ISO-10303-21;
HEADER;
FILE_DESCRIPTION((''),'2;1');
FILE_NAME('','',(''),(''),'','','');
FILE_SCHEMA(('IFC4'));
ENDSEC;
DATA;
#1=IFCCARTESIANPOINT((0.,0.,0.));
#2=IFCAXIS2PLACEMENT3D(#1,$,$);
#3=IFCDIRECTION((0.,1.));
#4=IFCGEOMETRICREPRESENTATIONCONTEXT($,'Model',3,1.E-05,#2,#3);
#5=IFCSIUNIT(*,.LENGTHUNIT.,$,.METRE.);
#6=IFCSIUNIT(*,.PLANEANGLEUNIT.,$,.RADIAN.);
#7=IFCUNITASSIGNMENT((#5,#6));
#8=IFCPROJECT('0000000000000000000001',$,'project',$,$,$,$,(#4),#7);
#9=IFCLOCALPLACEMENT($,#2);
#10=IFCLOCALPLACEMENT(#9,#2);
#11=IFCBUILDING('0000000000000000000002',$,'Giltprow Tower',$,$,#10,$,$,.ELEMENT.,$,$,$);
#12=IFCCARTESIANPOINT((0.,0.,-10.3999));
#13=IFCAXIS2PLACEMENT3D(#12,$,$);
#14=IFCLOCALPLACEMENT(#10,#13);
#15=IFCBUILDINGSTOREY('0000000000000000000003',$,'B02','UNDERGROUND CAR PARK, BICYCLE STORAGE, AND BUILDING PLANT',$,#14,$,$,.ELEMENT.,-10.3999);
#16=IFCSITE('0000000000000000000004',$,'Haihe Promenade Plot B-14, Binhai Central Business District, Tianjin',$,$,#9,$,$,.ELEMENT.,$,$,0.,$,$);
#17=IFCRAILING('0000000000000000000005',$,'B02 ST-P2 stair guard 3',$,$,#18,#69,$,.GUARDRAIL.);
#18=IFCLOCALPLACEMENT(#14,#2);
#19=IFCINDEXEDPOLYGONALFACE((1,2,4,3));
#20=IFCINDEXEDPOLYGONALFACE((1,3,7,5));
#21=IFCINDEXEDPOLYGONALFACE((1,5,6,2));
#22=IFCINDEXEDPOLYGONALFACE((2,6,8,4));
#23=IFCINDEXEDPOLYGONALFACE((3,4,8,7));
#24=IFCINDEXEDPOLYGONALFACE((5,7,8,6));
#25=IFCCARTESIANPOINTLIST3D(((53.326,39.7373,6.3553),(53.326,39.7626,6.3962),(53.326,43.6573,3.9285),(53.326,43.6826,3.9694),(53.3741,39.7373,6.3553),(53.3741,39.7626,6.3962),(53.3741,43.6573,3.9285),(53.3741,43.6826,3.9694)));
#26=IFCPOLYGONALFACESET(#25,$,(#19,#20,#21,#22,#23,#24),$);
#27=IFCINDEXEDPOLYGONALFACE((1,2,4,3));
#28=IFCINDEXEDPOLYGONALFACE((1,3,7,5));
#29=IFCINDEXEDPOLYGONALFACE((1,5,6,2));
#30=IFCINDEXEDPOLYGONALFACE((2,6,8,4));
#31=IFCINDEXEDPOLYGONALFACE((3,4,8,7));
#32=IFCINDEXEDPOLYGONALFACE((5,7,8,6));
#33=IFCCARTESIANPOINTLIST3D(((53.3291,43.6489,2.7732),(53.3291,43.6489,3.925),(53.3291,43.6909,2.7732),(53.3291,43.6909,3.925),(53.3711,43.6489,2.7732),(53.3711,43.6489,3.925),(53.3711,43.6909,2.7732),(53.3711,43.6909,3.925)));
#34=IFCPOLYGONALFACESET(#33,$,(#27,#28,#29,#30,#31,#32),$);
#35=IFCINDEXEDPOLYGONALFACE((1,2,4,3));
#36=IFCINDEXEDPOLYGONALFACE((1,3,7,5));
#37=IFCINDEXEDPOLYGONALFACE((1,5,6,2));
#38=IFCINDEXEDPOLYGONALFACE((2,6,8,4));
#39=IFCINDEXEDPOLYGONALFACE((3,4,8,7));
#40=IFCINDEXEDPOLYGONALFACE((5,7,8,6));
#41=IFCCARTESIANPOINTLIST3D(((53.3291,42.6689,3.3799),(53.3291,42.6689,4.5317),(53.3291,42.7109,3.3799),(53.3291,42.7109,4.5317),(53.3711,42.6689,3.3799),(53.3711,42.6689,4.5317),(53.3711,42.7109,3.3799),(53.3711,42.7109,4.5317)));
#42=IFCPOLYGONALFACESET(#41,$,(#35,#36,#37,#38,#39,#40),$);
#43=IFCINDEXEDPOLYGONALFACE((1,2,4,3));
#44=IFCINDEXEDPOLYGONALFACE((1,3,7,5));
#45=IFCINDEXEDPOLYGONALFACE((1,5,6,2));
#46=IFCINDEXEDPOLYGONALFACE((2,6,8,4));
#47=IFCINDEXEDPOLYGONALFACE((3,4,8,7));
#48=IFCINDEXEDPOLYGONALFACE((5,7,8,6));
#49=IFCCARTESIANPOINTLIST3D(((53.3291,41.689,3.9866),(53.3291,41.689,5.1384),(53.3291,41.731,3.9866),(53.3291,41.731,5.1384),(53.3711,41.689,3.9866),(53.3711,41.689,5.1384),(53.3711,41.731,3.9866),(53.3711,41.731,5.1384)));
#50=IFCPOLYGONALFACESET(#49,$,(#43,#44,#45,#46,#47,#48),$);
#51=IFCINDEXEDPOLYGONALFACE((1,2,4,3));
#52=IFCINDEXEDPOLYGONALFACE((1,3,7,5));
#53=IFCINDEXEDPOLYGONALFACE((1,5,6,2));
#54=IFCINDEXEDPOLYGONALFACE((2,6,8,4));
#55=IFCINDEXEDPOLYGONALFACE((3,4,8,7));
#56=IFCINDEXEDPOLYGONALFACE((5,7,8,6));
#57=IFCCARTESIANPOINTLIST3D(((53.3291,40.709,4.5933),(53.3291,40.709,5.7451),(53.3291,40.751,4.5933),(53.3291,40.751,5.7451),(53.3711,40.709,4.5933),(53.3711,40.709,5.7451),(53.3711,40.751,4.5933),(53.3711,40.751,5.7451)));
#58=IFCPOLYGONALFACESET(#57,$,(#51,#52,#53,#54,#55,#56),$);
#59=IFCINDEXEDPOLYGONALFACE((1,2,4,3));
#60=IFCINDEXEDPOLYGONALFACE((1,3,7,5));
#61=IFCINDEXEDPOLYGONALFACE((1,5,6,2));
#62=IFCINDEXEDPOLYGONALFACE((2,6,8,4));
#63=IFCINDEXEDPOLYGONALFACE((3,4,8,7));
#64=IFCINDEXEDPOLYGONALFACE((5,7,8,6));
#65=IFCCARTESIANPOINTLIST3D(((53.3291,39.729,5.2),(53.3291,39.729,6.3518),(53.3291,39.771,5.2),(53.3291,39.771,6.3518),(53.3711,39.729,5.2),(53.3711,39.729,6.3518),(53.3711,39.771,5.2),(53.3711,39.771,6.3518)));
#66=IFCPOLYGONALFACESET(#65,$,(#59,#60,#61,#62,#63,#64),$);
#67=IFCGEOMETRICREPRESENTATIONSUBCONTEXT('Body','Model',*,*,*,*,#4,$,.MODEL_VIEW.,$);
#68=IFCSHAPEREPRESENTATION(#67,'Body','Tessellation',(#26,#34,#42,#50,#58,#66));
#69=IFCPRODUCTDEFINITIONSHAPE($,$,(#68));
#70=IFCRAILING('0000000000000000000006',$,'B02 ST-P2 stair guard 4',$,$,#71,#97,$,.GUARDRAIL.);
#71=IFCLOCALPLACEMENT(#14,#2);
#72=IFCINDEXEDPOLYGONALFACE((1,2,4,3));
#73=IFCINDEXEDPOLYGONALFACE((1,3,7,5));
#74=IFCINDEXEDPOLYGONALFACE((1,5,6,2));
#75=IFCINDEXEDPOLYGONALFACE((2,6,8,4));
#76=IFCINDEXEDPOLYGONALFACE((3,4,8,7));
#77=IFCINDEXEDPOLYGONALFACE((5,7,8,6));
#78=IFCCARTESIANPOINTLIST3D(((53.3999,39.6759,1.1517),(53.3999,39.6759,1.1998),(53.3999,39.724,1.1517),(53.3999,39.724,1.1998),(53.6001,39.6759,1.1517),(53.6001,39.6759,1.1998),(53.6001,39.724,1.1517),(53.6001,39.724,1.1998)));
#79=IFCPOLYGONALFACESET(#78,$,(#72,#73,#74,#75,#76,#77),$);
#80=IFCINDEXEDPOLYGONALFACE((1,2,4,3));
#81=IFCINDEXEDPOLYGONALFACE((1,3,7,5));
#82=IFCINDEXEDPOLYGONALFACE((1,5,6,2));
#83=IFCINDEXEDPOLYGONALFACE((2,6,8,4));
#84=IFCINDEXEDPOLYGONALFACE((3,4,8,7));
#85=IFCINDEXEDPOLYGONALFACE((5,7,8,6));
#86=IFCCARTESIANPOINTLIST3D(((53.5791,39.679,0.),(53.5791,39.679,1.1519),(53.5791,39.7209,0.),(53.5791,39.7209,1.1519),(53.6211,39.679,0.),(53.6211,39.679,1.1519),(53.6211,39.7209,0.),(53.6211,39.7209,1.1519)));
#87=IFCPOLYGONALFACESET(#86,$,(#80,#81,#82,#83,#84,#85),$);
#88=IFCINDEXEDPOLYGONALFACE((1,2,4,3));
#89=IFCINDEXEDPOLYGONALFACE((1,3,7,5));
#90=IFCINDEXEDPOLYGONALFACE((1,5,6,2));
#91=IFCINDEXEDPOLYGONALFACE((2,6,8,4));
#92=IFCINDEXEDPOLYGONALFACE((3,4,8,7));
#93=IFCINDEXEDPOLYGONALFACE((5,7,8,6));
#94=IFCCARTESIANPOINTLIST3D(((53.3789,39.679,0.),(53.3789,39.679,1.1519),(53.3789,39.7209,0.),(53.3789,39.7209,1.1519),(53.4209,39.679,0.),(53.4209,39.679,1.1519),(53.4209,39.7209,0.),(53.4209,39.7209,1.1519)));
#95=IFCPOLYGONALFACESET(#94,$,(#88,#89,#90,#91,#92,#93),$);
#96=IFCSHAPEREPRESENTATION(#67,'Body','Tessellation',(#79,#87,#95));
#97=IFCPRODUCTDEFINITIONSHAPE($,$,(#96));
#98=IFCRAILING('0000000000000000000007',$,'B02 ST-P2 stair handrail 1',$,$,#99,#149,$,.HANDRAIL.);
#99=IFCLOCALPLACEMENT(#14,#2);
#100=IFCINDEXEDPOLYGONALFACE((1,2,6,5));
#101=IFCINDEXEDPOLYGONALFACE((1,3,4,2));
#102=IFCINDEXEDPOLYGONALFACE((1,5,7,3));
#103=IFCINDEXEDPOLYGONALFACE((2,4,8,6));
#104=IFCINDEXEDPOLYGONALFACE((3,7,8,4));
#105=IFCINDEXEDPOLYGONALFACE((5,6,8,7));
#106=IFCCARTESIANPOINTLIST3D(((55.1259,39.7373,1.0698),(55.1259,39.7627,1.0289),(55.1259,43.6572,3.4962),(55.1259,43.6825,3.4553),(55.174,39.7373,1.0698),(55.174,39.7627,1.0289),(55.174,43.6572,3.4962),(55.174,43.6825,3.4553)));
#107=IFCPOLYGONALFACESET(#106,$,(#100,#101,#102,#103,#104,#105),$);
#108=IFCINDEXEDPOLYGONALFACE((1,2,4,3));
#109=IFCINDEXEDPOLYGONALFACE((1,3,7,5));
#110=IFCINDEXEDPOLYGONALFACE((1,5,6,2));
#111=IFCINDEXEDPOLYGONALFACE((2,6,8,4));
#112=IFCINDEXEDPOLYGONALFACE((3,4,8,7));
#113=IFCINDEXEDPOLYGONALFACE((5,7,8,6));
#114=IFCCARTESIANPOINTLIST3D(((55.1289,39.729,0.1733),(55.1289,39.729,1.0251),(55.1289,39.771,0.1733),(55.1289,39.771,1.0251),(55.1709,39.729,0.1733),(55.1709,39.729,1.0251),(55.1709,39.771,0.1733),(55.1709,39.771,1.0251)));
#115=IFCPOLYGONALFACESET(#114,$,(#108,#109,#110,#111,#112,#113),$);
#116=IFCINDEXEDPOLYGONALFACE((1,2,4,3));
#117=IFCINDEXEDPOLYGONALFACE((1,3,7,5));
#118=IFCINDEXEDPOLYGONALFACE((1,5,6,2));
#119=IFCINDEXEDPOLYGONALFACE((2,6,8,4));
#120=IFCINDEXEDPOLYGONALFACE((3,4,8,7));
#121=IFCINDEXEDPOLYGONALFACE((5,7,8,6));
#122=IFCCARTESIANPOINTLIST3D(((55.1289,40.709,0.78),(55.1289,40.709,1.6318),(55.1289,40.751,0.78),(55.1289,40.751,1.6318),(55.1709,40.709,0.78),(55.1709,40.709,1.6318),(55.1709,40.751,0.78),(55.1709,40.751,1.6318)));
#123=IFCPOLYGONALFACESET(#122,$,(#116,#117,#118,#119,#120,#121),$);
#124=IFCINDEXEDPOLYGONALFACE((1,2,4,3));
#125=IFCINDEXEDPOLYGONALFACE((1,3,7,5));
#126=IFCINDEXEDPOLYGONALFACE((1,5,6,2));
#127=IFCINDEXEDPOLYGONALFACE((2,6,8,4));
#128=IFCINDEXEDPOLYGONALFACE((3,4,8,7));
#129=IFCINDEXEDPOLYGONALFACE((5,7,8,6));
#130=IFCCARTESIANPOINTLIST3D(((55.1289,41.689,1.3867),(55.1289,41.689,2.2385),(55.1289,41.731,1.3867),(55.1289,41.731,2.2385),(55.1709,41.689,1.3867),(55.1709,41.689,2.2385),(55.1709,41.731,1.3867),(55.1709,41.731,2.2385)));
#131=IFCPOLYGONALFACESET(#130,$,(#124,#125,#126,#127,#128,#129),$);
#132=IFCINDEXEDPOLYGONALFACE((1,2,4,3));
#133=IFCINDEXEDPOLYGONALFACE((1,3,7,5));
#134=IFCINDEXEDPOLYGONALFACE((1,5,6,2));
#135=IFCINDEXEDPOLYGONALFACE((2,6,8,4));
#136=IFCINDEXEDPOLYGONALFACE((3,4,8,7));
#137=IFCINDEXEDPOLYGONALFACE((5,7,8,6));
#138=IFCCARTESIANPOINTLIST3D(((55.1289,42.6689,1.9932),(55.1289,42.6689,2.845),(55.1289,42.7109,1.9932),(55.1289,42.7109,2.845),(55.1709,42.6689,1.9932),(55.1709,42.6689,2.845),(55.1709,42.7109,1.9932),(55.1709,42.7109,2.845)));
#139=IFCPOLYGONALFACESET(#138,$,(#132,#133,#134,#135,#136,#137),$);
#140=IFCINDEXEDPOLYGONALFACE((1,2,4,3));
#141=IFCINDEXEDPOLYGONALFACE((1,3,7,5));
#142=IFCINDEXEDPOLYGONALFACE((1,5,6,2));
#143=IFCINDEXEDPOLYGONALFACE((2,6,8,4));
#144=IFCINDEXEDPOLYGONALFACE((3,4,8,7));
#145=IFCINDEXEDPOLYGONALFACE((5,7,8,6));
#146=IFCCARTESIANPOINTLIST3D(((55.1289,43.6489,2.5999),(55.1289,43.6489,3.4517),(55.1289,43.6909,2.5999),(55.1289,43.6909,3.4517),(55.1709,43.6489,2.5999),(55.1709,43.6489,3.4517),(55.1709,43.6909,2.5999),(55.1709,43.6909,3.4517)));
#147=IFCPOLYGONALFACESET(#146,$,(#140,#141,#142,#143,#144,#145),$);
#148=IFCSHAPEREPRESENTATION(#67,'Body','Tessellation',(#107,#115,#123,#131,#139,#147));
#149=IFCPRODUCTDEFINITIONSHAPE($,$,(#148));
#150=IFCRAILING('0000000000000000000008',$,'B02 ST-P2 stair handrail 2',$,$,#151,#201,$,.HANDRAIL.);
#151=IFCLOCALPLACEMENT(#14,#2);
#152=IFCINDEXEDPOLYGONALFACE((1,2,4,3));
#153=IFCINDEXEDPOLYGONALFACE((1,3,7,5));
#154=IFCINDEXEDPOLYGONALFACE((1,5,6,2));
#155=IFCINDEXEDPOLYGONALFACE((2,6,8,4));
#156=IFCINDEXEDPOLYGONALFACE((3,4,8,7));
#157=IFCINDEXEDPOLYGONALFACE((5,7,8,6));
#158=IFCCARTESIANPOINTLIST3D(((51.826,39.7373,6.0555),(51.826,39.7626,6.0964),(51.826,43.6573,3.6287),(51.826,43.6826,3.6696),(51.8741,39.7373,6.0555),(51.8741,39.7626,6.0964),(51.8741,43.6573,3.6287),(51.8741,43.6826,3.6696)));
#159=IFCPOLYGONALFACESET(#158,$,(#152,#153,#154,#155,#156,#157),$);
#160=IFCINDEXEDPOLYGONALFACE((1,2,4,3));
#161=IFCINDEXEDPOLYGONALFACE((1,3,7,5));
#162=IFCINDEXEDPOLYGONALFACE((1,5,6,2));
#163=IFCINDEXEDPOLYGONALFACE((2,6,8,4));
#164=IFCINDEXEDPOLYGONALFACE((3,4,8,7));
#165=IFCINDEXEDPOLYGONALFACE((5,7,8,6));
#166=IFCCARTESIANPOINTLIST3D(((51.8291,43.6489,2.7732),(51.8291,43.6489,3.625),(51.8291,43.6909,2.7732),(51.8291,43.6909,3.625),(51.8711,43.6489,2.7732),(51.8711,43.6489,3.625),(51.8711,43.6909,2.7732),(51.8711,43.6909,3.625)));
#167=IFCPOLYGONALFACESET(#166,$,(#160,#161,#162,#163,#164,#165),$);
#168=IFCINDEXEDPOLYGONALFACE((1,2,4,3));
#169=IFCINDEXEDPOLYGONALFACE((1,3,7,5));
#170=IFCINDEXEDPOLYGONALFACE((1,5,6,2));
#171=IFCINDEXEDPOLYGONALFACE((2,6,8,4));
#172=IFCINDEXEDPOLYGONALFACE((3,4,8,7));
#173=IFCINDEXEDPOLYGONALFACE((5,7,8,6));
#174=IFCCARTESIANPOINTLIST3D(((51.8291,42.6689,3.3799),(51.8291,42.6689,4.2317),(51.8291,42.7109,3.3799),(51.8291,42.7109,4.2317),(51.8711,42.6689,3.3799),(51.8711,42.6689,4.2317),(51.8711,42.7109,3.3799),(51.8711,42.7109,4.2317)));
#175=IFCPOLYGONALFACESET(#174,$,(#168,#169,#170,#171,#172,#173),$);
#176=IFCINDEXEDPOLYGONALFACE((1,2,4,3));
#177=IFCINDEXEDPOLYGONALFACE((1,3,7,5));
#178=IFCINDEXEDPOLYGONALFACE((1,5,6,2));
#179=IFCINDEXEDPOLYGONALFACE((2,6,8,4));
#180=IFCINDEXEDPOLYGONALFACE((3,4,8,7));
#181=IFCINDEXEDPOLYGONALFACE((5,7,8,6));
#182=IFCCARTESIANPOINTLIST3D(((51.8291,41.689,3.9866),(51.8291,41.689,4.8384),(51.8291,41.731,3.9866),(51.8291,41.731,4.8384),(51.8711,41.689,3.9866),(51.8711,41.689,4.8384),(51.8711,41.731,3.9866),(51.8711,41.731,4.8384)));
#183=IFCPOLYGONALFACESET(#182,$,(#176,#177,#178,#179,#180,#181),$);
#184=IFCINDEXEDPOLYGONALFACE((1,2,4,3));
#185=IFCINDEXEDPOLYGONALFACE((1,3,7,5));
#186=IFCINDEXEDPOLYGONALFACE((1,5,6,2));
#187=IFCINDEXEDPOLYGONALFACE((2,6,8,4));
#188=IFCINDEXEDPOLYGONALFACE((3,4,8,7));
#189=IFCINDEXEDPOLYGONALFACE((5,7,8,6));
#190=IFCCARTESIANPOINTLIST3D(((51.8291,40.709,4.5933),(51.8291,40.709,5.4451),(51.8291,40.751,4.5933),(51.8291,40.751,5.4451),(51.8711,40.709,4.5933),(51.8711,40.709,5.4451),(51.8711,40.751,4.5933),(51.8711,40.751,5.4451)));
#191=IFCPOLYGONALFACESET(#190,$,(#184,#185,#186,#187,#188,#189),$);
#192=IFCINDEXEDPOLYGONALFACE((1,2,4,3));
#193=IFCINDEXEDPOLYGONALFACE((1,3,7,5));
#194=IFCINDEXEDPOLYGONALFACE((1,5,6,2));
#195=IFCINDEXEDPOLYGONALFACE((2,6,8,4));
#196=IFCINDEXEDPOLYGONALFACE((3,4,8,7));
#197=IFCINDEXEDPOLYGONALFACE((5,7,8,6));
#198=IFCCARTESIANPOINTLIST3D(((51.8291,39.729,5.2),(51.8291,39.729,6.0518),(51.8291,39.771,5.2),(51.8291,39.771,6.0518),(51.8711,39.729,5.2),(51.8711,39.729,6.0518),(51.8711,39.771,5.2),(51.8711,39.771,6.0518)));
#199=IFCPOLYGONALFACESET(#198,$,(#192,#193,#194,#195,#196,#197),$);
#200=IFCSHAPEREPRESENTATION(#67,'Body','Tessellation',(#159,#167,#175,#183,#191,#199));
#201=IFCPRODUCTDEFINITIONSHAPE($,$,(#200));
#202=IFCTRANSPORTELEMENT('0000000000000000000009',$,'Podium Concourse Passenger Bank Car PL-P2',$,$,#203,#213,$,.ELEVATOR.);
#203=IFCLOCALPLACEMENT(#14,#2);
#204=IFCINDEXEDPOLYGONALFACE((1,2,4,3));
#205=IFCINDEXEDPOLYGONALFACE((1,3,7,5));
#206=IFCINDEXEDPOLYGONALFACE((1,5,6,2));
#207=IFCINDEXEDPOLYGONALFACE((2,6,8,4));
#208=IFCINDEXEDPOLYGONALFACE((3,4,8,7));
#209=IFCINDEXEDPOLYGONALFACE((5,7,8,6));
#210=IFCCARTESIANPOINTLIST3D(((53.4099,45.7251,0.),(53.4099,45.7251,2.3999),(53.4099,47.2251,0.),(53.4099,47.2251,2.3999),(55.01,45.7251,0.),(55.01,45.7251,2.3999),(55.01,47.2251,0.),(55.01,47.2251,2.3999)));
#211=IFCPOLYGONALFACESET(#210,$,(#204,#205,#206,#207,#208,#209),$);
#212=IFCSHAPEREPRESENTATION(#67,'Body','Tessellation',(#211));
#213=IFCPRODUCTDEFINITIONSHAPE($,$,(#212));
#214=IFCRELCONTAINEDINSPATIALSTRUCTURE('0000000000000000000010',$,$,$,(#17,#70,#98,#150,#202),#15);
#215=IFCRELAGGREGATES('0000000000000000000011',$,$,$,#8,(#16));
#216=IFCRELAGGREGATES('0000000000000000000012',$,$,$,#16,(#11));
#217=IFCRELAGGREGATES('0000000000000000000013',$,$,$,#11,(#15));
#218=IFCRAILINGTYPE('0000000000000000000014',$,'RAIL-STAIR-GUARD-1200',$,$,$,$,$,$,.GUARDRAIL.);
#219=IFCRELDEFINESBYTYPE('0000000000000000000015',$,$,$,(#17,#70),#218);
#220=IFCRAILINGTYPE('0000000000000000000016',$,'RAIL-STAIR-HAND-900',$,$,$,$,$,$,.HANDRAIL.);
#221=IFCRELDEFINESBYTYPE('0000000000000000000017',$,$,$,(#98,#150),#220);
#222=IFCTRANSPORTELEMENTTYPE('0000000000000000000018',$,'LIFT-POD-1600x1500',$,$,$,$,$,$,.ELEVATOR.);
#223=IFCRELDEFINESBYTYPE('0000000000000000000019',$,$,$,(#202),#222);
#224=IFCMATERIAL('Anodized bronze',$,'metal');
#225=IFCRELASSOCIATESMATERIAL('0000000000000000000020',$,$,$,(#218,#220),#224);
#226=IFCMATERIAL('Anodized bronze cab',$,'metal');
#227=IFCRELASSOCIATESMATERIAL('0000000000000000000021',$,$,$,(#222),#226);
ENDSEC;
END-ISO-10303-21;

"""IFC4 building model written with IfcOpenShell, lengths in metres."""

from ifc_helpers import new_model, si_unit, direction, frame, origin, origin_2d, place, context, subcontext, project, spatial, rectangle, extrude, source, transform, mapped, material, type_object, element, save


model = new_model("IFC4")

# Units and contexts
model_context = context("Model", 3, precision=1e-05, world=origin(), true_north=direction((0.0, 1.0)))
body_context = subcontext(model_context, "Body", "Model", "MODEL_VIEW")
ifc_project = project(units=[si_unit("LENGTHUNIT", "METRE"), si_unit("PLANEANGLEUNIT", "RADIAN")], contexts=[model_context])

# Site, building, storey
site_placement = place(None, origin())
site = spatial("IfcSite", under=ifc_project, at=site_placement, Name="Haihe Promenade Plot B-14, Binhai Central Business District, Tianjin", CompositionType="ELEMENT", RefElevation=0.0)
building_placement = place(site_placement, origin())
building = spatial("IfcBuilding", under=site, at=building_placement, Name="Giltprow Tower", CompositionType="ELEMENT")
storey_placement = place(building_placement, frame((0.0, 0.0, -10.3999)))
storey = spatial("IfcBuildingStorey", under=building, at=storey_placement, Name="B02", Description="UNDERGROUND CAR PARK, BICYCLE STORAGE, AND BUILDING PLANT", CompositionType="ELEMENT", Elevation=-10.3999)

# Railings
ifc_material_1 = material(Name="Anodized bronze", Category="metal")
railing_type_1 = type_object("IfcRailingType", Name="RAIL-STAIR-GUARD-1200", PredefinedType="GUARDRAIL", material=ifc_material_1)
railing_1_placement = place(storey_placement, frame((53.3501, 43.6699, 2.7732)))
element("IfcRailing", 1, at=railing_1_placement, inside=storey, type_object=railing_type_1, Name="B02 ST-P2 stair guard 3", PredefinedType="GUARDRAIL", context=body_context, shape_type="SweptSolid", body=[
    extrude(rectangle(XDim=0.0481, YDim=0.0481, at=origin_2d()), frame((0.0, 0.0, 1.1758), z_axis=(0.0, -0.850252, 0.526376), x_axis=(1.0, 0.0, 0.0)), (0.0, 0.0, 1.0), 4.6104),
    extrude(rectangle(XDim=0.042, YDim=0.042, at=origin_2d()), origin(), (0.0, 0.0, 1.0), 1.1519),
    extrude(rectangle(XDim=0.042, YDim=0.042, at=origin_2d()), frame((0.0, -0.98, 0.6067)), (0.0, 0.0, 1.0), 1.1519),
    extrude(rectangle(XDim=0.042, YDim=0.042, at=origin_2d()), frame((0.0, -1.96, 1.2134)), (0.0, 0.0, 1.0), 1.1519),
    extrude(rectangle(XDim=0.042, YDim=0.042, at=origin_2d()), frame((0.0, -2.9399, 1.8201)), (0.0, 0.0, 1.0), 1.1519),
    extrude(rectangle(XDim=0.042, YDim=0.042, at=origin_2d()), frame((0.0, -3.9199, 2.4268)), (0.0, 0.0, 1.0), 1.1519),
])
railing_2_placement = place(storey_placement, frame((53.6001, 39.7, 0.0)))
element("IfcRailing", 2, at=railing_2_placement, inside=storey, type_object=railing_type_1, Name="B02 ST-P2 stair guard 4", PredefinedType="GUARDRAIL", context=body_context, shape_type="SweptSolid", body=[
    extrude(rectangle(XDim=0.0481, YDim=0.0481, at=origin_2d()), frame((0.0, 0.0, 1.1758), z_axis=(-1.0, 0.0, 0.0), x_axis=(0.0, -1.0, 0.0)), (0.0, 0.0, 1.0), 0.2002),
    extrude(rectangle(XDim=0.042, YDim=0.042, at=origin_2d()), origin(), (0.0, 0.0, 1.0), 1.1519),
    extrude(rectangle(XDim=0.042, YDim=0.042, at=origin_2d()), frame((-0.2002, 0.0, 0.0)), (0.0, 0.0, 1.0), 1.1519),
])
railing_type_2 = type_object("IfcRailingType", Name="RAIL-STAIR-HAND-900", PredefinedType="HANDRAIL", material=ifc_material_1)
railing_3_placement = place(storey_placement, frame((55.1499, 39.75, 0.1733)))
element("IfcRailing", 3, at=railing_3_placement, inside=storey, type_object=railing_type_2, Name="B02 ST-P2 stair handrail 1", PredefinedType="HANDRAIL", context=body_context, shape_type="SweptSolid", body=[
    extrude(rectangle(XDim=0.0481, YDim=0.0481, at=origin_2d()), frame((0.0, 0.0, 0.876), z_axis=(0.0, 0.850275, 0.526338), x_axis=(-1.0, 0.0, 0.0)), (0.0, 0.0, 1.0), 4.6101),
    extrude(rectangle(XDim=0.042, YDim=0.042, at=origin_2d()), origin(), (0.0, 0.0, 1.0), 0.8518),
    extrude(rectangle(XDim=0.042, YDim=0.042, at=origin_2d()), frame((0.0, 0.98, 0.6067)), (0.0, 0.0, 1.0), 0.8518),
    extrude(rectangle(XDim=0.042, YDim=0.042, at=origin_2d()), frame((0.0, 1.96, 1.2134)), (0.0, 0.0, 1.0), 0.8518),
    extrude(rectangle(XDim=0.042, YDim=0.042, at=origin_2d()), frame((0.0, 2.9399, 1.8198)), (0.0, 0.0, 1.0), 0.8518),
    extrude(rectangle(XDim=0.042, YDim=0.042, at=origin_2d()), frame((0.0, 3.9199, 2.4265)), (0.0, 0.0, 1.0), 0.8518),
])
railing_4_placement = place(storey_placement, frame((51.8501, 43.6699, 2.7732)))
element("IfcRailing", 4, at=railing_4_placement, inside=storey, type_object=railing_type_2, Name="B02 ST-P2 stair handrail 2", PredefinedType="HANDRAIL", context=body_context, shape_type="SweptSolid", body=[
    extrude(rectangle(XDim=0.0481, YDim=0.0481, at=origin_2d()), frame((0.0, 0.0, 0.876), z_axis=(0.0, -0.850252, 0.526376), x_axis=(1.0, 0.0, 0.0)), (0.0, 0.0, 1.0), 4.6104),
    extrude(rectangle(XDim=0.042, YDim=0.042, at=origin_2d()), origin(), (0.0, 0.0, 1.0), 0.8518),
    extrude(rectangle(XDim=0.042, YDim=0.042, at=origin_2d()), frame((0.0, -0.98, 0.6067)), (0.0, 0.0, 1.0), 0.8518),
    extrude(rectangle(XDim=0.042, YDim=0.042, at=origin_2d()), frame((0.0, -1.96, 1.2134)), (0.0, 0.0, 1.0), 0.8518),
    extrude(rectangle(XDim=0.042, YDim=0.042, at=origin_2d()), frame((0.0, -2.9399, 1.8201)), (0.0, 0.0, 1.0), 0.8518),
    extrude(rectangle(XDim=0.042, YDim=0.042, at=origin_2d()), frame((0.0, -3.9199, 2.4268)), (0.0, 0.0, 1.0), 0.8518),
])

# Transport element
ifc_material_2 = material(Name="Anodized bronze cab", Category="metal")
transport_element_type = type_object("IfcTransportElementType", Name="LIFT-POD-1600x1500", PredefinedType="ELEVATOR", material=ifc_material_2)
shared_shape_1 = source(origin(), body_context, "Body", "SweptSolid", [
    extrude(rectangle(XDim=1.6001, YDim=1.5, at=origin_2d()), origin(), (0.0, 0.0, 1.0), 2.3999),
])
transport_element_placement = place(storey_placement, frame((54.21, 46.4751, 0.0), z_axis=(0.0, 0.0, 1.0), x_axis=(1.0, 0.0, 0.0)))
element("IfcTransportElement", 5, at=transport_element_placement, inside=storey, type_object=transport_element_type, Name="Podium Concourse Passenger Bank Car PL-P2", PredefinedType="ELEVATOR", context=body_context, shape_type="MappedRepresentation", body=[
    mapped(shared_shape_1, transform((0.0, 0.0, 0.0), x_axis=(1.0, 0.0, 0.0), y_axis=(0.0, 1.0, 0.0), z_axis=(0.0, 0.0, 1.0), scale=1.0)),
])

save(model, "model.ifc")
